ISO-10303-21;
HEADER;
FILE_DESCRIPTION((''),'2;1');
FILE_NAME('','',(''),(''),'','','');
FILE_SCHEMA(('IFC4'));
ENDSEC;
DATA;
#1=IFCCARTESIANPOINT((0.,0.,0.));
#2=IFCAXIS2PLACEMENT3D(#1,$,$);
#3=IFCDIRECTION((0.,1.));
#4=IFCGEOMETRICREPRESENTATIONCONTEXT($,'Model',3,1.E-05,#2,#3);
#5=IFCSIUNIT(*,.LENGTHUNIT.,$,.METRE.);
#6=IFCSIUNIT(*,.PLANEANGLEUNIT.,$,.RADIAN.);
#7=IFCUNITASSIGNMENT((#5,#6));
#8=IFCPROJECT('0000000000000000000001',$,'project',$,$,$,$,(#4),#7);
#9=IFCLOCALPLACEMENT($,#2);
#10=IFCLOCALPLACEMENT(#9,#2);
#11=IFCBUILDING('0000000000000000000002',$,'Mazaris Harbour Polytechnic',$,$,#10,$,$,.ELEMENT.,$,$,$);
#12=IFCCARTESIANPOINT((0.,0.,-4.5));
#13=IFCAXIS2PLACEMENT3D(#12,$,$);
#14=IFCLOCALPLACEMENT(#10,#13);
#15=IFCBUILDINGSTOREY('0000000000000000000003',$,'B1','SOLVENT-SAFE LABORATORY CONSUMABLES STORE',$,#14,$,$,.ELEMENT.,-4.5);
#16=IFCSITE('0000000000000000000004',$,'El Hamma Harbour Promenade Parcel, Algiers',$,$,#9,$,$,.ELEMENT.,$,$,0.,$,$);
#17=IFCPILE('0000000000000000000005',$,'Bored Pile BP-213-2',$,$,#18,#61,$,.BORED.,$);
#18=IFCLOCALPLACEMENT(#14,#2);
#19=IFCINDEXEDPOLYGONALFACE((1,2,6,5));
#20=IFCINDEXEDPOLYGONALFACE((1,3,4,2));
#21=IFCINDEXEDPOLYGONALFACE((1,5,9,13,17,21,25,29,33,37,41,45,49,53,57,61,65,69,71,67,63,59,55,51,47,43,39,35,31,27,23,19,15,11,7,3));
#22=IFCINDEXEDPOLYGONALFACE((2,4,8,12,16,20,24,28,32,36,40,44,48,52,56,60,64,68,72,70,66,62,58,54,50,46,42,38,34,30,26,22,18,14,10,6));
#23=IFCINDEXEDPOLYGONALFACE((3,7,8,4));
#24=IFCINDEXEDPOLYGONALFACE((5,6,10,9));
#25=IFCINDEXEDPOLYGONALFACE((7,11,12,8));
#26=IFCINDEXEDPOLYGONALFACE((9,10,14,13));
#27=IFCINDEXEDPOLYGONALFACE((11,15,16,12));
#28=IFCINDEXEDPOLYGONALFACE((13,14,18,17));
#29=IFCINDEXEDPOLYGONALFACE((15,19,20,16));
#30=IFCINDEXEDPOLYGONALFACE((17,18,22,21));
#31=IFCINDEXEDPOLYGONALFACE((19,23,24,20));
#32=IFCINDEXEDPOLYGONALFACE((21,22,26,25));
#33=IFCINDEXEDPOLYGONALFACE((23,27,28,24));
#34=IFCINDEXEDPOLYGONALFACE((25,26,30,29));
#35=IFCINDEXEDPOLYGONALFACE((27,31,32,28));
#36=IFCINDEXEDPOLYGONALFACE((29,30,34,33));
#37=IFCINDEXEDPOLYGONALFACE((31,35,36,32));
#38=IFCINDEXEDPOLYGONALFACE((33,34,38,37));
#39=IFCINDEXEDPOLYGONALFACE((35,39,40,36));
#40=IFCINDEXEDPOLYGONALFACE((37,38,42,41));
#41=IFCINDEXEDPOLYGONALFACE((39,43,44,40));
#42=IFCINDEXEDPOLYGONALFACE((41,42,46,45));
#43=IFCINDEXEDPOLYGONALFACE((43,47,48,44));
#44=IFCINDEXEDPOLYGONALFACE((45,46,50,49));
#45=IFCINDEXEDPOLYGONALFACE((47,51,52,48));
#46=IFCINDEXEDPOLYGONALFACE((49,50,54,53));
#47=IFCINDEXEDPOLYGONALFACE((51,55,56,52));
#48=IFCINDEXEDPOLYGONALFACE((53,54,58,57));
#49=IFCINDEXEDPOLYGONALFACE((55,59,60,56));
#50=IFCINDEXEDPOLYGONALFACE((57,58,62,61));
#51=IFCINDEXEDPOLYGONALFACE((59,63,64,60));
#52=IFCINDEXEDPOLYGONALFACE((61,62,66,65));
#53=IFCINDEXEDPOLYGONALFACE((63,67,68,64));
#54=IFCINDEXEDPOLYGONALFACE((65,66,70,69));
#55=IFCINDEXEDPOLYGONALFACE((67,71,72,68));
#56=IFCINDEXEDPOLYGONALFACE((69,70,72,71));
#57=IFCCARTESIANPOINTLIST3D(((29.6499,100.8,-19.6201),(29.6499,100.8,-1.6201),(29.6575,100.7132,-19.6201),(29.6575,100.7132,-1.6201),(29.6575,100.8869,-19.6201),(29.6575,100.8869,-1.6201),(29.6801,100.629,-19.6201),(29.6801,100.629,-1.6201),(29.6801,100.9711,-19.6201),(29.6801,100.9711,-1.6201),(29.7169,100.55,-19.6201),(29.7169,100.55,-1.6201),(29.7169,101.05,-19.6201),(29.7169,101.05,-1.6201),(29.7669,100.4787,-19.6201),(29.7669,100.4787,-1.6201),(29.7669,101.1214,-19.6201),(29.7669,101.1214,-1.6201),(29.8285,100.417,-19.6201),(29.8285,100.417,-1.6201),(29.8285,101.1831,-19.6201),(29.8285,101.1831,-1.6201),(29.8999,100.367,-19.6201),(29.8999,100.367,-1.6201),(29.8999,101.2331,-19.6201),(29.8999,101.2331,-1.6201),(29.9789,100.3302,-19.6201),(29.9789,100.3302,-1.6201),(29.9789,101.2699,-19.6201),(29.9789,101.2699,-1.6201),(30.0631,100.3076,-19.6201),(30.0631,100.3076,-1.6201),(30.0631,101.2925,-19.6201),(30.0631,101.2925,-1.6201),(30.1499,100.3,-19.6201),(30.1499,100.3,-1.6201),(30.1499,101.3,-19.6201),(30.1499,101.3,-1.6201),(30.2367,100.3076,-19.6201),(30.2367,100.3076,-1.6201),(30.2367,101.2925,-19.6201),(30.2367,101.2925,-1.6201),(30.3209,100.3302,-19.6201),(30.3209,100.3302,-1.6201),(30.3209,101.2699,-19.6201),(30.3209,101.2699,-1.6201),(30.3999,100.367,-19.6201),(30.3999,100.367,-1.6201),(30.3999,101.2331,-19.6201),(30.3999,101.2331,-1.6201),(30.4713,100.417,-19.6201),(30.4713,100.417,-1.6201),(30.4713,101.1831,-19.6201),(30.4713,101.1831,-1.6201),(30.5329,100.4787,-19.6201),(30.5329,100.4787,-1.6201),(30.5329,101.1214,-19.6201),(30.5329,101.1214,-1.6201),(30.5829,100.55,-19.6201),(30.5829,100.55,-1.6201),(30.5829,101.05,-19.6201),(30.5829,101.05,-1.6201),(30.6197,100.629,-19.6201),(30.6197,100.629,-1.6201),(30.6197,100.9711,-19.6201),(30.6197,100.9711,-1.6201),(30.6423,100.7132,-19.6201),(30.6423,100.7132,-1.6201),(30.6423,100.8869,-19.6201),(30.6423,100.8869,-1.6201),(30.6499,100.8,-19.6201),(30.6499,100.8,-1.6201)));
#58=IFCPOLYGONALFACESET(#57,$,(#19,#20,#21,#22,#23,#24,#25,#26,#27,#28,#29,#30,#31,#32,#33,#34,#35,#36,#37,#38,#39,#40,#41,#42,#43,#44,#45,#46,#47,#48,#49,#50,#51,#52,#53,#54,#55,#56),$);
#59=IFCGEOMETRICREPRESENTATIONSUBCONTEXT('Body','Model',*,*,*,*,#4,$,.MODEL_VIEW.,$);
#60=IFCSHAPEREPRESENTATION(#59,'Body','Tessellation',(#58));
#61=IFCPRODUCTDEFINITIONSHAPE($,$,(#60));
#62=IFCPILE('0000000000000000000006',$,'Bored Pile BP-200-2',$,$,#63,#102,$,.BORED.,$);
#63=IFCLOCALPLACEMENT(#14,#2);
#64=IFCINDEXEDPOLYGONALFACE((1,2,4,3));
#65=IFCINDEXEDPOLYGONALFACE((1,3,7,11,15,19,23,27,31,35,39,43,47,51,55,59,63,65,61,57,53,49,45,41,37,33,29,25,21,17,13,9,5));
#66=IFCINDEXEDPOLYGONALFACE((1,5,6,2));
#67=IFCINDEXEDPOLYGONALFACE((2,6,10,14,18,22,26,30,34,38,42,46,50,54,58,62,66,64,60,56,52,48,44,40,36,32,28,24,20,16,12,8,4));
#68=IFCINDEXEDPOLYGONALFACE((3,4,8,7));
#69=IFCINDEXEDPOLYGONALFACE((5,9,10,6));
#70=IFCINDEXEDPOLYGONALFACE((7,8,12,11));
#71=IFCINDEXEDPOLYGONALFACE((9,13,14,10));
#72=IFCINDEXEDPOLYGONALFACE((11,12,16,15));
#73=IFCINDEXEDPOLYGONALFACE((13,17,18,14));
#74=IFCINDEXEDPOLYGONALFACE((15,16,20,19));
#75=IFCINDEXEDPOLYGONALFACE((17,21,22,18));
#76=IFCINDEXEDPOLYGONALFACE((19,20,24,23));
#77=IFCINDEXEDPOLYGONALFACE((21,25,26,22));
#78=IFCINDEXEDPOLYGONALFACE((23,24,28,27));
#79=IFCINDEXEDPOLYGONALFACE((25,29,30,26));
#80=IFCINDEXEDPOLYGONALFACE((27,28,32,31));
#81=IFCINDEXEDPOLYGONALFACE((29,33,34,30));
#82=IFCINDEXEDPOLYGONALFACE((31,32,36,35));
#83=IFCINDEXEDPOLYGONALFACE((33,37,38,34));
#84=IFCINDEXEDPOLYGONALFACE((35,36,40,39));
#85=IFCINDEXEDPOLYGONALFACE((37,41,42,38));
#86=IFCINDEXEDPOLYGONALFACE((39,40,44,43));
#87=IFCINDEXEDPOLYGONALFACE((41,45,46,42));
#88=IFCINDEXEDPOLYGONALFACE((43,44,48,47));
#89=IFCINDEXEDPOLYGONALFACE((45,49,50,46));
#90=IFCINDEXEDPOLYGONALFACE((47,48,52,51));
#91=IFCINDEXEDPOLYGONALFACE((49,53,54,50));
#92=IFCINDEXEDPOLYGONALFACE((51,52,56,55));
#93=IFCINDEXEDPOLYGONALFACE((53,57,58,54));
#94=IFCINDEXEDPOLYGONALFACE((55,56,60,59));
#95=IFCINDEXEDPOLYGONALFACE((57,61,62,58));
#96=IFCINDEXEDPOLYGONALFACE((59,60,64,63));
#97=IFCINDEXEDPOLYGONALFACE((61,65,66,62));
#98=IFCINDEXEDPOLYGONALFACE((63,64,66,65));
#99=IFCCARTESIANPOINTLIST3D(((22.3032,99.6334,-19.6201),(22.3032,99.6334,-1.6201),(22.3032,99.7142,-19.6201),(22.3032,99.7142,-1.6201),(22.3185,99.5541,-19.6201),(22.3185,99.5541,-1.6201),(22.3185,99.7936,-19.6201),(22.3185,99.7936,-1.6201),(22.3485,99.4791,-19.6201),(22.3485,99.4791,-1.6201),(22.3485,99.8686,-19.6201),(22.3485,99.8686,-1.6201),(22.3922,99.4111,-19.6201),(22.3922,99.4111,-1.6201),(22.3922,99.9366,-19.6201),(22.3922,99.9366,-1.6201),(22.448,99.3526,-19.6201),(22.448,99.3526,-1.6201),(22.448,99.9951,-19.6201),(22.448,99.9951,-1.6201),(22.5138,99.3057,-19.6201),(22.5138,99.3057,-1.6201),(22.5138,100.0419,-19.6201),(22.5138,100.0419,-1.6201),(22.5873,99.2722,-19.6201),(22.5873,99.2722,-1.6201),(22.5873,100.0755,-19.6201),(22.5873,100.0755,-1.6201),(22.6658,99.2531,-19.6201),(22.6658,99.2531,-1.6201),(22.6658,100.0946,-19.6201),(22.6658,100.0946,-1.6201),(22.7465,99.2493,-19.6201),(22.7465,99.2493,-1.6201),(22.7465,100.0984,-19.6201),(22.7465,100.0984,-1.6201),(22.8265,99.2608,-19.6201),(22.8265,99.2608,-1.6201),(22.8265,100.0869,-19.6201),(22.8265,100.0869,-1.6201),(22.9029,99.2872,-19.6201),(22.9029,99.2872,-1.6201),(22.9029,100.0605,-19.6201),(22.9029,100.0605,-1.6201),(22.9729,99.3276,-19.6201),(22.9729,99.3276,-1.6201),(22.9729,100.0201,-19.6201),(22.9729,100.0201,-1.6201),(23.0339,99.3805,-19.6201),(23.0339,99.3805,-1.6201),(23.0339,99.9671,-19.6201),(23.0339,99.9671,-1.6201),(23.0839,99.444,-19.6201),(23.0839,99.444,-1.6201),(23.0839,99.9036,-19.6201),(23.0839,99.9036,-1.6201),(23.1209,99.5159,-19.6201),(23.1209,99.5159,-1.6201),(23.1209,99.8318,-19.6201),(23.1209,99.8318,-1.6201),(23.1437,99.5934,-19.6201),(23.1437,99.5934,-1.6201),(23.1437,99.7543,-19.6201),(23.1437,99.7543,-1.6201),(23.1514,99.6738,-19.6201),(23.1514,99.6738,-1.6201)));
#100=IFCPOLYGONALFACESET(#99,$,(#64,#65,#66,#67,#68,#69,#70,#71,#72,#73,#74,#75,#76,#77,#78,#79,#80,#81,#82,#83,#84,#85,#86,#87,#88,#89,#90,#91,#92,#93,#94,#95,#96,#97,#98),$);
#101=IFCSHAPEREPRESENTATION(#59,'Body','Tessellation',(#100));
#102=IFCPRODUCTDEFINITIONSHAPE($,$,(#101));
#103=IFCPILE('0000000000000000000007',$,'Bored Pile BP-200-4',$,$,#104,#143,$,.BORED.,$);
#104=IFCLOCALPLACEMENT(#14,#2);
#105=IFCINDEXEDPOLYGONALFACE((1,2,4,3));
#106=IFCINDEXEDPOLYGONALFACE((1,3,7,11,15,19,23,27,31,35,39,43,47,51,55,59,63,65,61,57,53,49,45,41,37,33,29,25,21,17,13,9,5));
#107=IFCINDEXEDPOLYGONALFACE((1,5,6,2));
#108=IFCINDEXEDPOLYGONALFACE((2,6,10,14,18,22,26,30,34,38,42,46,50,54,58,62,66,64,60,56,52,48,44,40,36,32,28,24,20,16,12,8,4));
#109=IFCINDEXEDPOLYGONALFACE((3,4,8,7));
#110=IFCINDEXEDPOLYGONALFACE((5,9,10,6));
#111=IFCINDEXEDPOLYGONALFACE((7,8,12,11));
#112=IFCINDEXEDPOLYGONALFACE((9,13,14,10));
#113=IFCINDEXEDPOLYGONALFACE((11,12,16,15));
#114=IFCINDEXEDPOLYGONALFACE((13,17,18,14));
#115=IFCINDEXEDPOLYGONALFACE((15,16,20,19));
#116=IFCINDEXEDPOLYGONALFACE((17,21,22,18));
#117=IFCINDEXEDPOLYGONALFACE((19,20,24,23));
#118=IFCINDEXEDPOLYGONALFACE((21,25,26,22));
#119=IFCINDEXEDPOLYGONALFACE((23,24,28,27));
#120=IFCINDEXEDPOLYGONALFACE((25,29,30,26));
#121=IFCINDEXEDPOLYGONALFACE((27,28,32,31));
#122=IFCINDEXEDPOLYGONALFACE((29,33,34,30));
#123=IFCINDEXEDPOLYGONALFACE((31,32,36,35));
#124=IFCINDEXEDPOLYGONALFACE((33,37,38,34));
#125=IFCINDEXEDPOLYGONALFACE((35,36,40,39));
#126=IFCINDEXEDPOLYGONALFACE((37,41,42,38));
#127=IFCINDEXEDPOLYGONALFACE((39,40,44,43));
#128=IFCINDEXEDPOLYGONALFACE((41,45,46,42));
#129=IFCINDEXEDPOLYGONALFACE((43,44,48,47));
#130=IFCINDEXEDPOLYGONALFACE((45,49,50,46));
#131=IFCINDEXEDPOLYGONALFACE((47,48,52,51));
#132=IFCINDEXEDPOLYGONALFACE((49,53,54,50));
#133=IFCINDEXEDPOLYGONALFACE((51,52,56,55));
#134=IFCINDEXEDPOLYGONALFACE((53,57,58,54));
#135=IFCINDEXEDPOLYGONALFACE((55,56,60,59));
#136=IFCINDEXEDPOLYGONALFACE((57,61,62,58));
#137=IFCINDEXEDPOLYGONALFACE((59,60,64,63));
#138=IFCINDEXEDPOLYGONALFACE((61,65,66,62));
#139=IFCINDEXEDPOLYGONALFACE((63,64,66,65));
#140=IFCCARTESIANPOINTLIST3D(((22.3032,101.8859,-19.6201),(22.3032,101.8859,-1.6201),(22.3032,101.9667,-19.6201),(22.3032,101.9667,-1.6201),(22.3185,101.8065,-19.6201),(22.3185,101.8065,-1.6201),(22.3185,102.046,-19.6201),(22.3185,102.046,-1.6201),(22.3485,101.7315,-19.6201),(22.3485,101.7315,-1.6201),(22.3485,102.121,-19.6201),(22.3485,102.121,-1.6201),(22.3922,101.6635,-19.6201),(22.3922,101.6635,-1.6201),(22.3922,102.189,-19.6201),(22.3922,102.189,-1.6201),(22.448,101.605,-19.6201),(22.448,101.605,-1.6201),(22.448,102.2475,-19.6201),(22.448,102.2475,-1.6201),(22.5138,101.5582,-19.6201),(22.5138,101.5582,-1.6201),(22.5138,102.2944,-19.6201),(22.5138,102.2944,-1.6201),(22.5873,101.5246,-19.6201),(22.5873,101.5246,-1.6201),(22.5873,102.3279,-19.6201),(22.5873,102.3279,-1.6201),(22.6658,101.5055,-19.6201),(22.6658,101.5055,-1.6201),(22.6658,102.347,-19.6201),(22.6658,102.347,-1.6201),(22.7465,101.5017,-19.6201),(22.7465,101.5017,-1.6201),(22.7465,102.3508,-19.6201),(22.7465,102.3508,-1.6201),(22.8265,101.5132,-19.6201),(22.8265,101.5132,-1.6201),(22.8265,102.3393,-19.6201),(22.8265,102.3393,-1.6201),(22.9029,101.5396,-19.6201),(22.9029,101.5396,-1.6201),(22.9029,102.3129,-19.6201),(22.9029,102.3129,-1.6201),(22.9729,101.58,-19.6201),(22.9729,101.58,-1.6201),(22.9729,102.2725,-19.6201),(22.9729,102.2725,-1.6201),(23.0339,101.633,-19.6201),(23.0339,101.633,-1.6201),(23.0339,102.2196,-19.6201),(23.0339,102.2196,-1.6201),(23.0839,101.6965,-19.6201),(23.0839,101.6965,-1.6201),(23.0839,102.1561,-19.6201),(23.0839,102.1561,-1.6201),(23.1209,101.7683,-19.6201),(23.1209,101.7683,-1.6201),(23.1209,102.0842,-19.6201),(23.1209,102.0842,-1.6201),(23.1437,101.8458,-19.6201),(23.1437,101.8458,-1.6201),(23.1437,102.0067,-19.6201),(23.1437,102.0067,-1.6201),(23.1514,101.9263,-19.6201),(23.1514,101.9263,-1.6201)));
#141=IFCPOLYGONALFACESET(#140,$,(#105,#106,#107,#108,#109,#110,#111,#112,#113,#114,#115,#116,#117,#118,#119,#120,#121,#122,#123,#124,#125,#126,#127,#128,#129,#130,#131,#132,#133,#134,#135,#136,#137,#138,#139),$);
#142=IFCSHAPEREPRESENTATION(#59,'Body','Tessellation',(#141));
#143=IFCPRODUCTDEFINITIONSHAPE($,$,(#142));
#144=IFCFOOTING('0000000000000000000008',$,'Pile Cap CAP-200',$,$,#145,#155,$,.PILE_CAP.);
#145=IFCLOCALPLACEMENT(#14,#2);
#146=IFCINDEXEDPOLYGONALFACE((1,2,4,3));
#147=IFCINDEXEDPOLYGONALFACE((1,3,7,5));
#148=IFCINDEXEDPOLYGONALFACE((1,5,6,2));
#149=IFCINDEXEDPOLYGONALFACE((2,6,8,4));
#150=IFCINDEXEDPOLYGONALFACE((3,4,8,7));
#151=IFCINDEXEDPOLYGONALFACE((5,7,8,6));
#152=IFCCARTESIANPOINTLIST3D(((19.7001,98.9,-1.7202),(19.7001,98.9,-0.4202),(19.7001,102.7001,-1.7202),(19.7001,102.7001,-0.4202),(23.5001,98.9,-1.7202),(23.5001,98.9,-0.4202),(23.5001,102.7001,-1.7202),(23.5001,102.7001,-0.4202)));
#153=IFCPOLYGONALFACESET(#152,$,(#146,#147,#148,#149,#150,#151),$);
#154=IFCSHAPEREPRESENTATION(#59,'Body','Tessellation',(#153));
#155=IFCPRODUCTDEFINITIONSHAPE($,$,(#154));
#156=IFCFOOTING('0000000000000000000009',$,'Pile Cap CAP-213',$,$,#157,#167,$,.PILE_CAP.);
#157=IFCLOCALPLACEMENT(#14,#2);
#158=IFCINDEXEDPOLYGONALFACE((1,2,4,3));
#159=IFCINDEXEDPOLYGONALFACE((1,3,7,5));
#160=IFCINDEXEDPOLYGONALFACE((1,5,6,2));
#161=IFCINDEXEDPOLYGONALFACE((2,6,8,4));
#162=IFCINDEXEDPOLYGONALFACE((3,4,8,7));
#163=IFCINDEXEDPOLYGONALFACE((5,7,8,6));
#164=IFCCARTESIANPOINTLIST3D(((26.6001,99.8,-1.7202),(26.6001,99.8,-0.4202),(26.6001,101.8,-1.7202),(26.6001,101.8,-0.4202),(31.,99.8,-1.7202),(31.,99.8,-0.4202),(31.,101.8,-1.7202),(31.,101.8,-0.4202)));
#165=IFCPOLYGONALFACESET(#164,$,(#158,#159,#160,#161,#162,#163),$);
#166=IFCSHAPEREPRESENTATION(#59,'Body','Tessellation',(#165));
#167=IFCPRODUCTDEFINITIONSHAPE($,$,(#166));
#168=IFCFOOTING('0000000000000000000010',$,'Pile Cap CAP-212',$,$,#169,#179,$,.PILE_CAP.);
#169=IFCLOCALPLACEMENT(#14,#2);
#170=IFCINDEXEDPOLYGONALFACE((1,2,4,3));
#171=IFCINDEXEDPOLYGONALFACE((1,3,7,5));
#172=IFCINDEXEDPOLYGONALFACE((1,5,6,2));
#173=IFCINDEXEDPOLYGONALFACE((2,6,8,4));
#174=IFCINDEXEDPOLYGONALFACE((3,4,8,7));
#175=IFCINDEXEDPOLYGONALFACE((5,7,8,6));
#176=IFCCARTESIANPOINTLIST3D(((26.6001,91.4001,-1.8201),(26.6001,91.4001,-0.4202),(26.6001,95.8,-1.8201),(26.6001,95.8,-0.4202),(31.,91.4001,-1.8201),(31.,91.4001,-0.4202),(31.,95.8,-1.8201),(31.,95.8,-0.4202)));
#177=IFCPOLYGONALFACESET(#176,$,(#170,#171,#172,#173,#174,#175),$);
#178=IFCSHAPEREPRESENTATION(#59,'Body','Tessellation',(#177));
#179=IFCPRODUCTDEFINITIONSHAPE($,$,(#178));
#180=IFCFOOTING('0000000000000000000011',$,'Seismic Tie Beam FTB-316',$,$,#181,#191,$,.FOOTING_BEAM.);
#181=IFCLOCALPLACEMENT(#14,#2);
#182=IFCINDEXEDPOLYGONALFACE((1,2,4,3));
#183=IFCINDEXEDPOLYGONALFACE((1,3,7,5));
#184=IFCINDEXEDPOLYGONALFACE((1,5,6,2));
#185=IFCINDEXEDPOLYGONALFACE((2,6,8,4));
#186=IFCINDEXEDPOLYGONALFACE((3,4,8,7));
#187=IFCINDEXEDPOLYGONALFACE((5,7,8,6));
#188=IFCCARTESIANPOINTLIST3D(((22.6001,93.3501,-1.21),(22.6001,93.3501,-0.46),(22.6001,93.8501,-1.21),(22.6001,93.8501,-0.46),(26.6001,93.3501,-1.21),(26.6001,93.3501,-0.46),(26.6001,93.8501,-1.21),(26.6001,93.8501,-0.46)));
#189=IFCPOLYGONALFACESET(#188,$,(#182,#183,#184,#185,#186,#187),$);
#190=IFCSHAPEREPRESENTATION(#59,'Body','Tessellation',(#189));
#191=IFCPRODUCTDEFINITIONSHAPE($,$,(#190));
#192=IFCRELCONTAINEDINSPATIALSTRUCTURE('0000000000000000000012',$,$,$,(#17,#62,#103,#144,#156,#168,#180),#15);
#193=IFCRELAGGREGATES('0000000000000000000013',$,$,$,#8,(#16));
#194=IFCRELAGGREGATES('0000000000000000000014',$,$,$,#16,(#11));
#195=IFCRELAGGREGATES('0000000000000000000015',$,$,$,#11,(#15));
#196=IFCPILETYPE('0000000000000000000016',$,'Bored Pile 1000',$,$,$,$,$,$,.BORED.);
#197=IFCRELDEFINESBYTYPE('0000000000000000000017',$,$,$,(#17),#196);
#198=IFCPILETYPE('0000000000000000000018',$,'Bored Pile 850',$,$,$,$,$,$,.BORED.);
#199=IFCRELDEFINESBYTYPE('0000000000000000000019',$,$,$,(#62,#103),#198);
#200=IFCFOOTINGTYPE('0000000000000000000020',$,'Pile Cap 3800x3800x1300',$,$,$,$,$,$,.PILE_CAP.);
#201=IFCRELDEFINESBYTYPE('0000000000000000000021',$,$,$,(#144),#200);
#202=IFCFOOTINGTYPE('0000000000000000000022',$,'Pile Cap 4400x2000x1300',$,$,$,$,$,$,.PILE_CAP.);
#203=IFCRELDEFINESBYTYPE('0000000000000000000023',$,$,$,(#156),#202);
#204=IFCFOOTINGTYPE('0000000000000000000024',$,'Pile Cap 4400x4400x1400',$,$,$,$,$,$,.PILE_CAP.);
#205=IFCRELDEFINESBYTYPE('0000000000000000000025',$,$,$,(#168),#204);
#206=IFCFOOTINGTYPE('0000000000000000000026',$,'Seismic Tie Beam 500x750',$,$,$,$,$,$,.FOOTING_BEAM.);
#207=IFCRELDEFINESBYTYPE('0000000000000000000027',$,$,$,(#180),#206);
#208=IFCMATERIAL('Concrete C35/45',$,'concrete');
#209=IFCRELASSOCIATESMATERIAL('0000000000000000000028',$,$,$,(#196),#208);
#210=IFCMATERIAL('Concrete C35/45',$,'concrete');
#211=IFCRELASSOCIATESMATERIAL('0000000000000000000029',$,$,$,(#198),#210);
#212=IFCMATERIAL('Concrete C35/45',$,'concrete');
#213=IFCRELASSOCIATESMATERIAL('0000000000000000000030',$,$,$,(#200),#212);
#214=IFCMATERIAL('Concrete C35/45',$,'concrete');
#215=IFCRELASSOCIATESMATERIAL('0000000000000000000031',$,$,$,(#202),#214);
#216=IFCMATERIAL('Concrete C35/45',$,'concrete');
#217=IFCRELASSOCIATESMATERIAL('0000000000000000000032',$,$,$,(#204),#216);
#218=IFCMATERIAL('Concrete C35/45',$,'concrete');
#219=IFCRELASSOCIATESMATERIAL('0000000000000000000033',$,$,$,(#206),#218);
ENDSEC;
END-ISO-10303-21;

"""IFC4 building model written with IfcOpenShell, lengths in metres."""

from ifc_helpers import new_model, si_unit, direction, frame, origin, origin_2d, place, context, subcontext, project, spatial, rectangle, circle, extrude, material, material_profile, profile_set, type_object, element, save


model = new_model("IFC4")

# Units and contexts
model_context = context("Model", 3, precision=1e-05, world=origin(), true_north=direction((0.0, 1.0)))
body_context = subcontext(model_context, "Body", "Model", "MODEL_VIEW")
ifc_project = project(units=[si_unit("LENGTHUNIT", "METRE"), si_unit("PLANEANGLEUNIT", "RADIAN")], contexts=[model_context])

# Site, building, storey
site_placement = place(None, origin())
site = spatial("IfcSite", under=ifc_project, at=site_placement, Name="El Hamma Harbour Promenade Parcel, Algiers", CompositionType="ELEMENT", RefElevation=0.0)
building_placement = place(site_placement, origin())
building = spatial("IfcBuilding", under=site, at=building_placement, Name="Mazaris Harbour Polytechnic", CompositionType="ELEMENT")
storey_placement = place(building_placement, frame((0.0, 0.0, -4.5)))
storey = spatial("IfcBuildingStorey", under=building, at=storey_placement, Name="B1", Description="SOLVENT-SAFE LABORATORY CONSUMABLES STORE", CompositionType="ELEMENT", Elevation=-4.5)

# Piles
ifc_material_1 = material(Name="Concrete C35/45", Category="concrete")
ifc_material_profile_1 = material_profile(ifc_material_1, circle(Radius=0.5, at=origin_2d()), Name="DIA1000")
ifc_profile_set_1 = profile_set([ifc_material_profile_1], Name="Concrete C35/45")
pile_type_1 = type_object("IfcPileType", Name="Bored Pile 1000", PredefinedType="BORED", material=ifc_profile_set_1)
for number, where, z_axis, x_axis, name in (
    (1, (30.1499, 100.8, -1.6201), (0.0, 0.0, -1.0), (1.0, 0.0, 0.0), "Bored Pile BP-213-2"),
):
    element("IfcPile", number, at=place(storey_placement, frame(where, z_axis=z_axis, x_axis=x_axis)), inside=storey, type_object=pile_type_1, Name=name, PredefinedType="BORED", context=body_context, shape_type="SweptSolid", body=[
        extrude(circle(Radius=0.5, at=origin_2d()), origin(), (0.0, 0.0, 1.0), 18.0),
    ])
ifc_material_2 = material(Name="Concrete C35/45", Category="concrete")
ifc_material_profile_2 = material_profile(ifc_material_2, circle(Radius=0.425, at=origin_2d()), Name="DIA850")
ifc_profile_set_2 = profile_set([ifc_material_profile_2], Name="Concrete C35/45")
pile_type_2 = type_object("IfcPileType", Name="Bored Pile 850", PredefinedType="BORED", material=ifc_profile_set_2)
for number, where, z_axis, x_axis, name in (
    (2, (22.7263, 99.6738, -1.6201), (0.0, 0.0, -1.0), (1.0, 0.0, 0.0), "Bored Pile BP-200-2"),
    (3, (22.7263, 101.9263, -1.6201), (0.0, 0.0, -1.0), (1.0, 0.0, 0.0), "Bored Pile BP-200-4"),
):
    element("IfcPile", number, at=place(storey_placement, frame(where, z_axis=z_axis, x_axis=x_axis)), inside=storey, type_object=pile_type_2, Name=name, PredefinedType="BORED", context=body_context, shape_type="SweptSolid", body=[
        extrude(circle(Radius=0.425, at=origin_2d()), origin(), (0.0, 0.0, 1.0), 18.0),
    ])

# Footings
ifc_material_3 = material(Name="Concrete C35/45", Category="concrete")
footing_type_1 = type_object("IfcFootingType", Name="Pile Cap 3800x3800x1300", PredefinedType="PILE_CAP", material=ifc_material_3)
footing_1_placement = place(storey_placement, frame((21.6001, 100.8, -1.7202), z_axis=(0.0, 0.0, 1.0), x_axis=(1.0, 0.0, 0.0)))
element("IfcFooting", 4, at=footing_1_placement, inside=storey, type_object=footing_type_1, Name="Pile Cap CAP-200", PredefinedType="PILE_CAP", context=body_context, shape_type="SweptSolid", body=[
    extrude(rectangle(XDim=3.8, YDim=3.8, at=origin_2d()), origin(), (0.0, 0.0, 1.0), 1.3),
])
ifc_material_4 = material(Name="Concrete C35/45", Category="concrete")
footing_type_2 = type_object("IfcFootingType", Name="Pile Cap 4400x2000x1300", PredefinedType="PILE_CAP", material=ifc_material_4)
footing_2_placement = place(storey_placement, frame((28.8, 100.8, -1.7202), z_axis=(0.0, 0.0, 1.0), x_axis=(1.0, 0.0, 0.0)))
element("IfcFooting", 5, at=footing_2_placement, inside=storey, type_object=footing_type_2, Name="Pile Cap CAP-213", PredefinedType="PILE_CAP", context=body_context, shape_type="SweptSolid", body=[
    extrude(rectangle(XDim=4.3999, YDim=2.0, at=origin_2d()), origin(), (0.0, 0.0, 1.0), 1.3),
])
ifc_material_5 = material(Name="Concrete C35/45", Category="concrete")
footing_type_3 = type_object("IfcFootingType", Name="Pile Cap 4400x4400x1400", PredefinedType="PILE_CAP", material=ifc_material_5)
footing_3_placement = place(storey_placement, frame((28.8, 93.6001, -1.8201), z_axis=(0.0, 0.0, 1.0), x_axis=(1.0, 0.0, 0.0)))
element("IfcFooting", 6, at=footing_3_placement, inside=storey, type_object=footing_type_3, Name="Pile Cap CAP-212", PredefinedType="PILE_CAP", context=body_context, shape_type="SweptSolid", body=[
    extrude(rectangle(XDim=4.3999, YDim=4.3999, at=origin_2d()), origin(), (0.0, 0.0, 1.0), 1.3999),
])
ifc_material_6 = material(Name="Concrete C35/45", Category="concrete")
ifc_material_profile_3 = material_profile(ifc_material_6, rectangle(XDim=0.5, YDim=0.75, at=origin_2d()), Name="RECT500x750")
ifc_profile_set_3 = profile_set([ifc_material_profile_3], Name="Concrete C35/45")
footing_type_4 = type_object("IfcFootingType", Name="Seismic Tie Beam 500x750", PredefinedType="FOOTING_BEAM", material=ifc_profile_set_3)
footing_4_placement = place(storey_placement, frame((22.6001, 93.6001, -0.835), z_axis=(1.0, 0.0, 0.0), x_axis=(0.0, 1.0, 0.0)))
element("IfcFooting", 7, at=footing_4_placement, inside=storey, type_object=footing_type_4, Name="Seismic Tie Beam FTB-316", PredefinedType="FOOTING_BEAM", context=body_context, shape_type="SweptSolid", body=[
    extrude(rectangle(XDim=0.5, YDim=0.75, at=origin_2d()), origin(), (0.0, 0.0, 1.0), 4.0),
])

save(model, "model.ifc")
